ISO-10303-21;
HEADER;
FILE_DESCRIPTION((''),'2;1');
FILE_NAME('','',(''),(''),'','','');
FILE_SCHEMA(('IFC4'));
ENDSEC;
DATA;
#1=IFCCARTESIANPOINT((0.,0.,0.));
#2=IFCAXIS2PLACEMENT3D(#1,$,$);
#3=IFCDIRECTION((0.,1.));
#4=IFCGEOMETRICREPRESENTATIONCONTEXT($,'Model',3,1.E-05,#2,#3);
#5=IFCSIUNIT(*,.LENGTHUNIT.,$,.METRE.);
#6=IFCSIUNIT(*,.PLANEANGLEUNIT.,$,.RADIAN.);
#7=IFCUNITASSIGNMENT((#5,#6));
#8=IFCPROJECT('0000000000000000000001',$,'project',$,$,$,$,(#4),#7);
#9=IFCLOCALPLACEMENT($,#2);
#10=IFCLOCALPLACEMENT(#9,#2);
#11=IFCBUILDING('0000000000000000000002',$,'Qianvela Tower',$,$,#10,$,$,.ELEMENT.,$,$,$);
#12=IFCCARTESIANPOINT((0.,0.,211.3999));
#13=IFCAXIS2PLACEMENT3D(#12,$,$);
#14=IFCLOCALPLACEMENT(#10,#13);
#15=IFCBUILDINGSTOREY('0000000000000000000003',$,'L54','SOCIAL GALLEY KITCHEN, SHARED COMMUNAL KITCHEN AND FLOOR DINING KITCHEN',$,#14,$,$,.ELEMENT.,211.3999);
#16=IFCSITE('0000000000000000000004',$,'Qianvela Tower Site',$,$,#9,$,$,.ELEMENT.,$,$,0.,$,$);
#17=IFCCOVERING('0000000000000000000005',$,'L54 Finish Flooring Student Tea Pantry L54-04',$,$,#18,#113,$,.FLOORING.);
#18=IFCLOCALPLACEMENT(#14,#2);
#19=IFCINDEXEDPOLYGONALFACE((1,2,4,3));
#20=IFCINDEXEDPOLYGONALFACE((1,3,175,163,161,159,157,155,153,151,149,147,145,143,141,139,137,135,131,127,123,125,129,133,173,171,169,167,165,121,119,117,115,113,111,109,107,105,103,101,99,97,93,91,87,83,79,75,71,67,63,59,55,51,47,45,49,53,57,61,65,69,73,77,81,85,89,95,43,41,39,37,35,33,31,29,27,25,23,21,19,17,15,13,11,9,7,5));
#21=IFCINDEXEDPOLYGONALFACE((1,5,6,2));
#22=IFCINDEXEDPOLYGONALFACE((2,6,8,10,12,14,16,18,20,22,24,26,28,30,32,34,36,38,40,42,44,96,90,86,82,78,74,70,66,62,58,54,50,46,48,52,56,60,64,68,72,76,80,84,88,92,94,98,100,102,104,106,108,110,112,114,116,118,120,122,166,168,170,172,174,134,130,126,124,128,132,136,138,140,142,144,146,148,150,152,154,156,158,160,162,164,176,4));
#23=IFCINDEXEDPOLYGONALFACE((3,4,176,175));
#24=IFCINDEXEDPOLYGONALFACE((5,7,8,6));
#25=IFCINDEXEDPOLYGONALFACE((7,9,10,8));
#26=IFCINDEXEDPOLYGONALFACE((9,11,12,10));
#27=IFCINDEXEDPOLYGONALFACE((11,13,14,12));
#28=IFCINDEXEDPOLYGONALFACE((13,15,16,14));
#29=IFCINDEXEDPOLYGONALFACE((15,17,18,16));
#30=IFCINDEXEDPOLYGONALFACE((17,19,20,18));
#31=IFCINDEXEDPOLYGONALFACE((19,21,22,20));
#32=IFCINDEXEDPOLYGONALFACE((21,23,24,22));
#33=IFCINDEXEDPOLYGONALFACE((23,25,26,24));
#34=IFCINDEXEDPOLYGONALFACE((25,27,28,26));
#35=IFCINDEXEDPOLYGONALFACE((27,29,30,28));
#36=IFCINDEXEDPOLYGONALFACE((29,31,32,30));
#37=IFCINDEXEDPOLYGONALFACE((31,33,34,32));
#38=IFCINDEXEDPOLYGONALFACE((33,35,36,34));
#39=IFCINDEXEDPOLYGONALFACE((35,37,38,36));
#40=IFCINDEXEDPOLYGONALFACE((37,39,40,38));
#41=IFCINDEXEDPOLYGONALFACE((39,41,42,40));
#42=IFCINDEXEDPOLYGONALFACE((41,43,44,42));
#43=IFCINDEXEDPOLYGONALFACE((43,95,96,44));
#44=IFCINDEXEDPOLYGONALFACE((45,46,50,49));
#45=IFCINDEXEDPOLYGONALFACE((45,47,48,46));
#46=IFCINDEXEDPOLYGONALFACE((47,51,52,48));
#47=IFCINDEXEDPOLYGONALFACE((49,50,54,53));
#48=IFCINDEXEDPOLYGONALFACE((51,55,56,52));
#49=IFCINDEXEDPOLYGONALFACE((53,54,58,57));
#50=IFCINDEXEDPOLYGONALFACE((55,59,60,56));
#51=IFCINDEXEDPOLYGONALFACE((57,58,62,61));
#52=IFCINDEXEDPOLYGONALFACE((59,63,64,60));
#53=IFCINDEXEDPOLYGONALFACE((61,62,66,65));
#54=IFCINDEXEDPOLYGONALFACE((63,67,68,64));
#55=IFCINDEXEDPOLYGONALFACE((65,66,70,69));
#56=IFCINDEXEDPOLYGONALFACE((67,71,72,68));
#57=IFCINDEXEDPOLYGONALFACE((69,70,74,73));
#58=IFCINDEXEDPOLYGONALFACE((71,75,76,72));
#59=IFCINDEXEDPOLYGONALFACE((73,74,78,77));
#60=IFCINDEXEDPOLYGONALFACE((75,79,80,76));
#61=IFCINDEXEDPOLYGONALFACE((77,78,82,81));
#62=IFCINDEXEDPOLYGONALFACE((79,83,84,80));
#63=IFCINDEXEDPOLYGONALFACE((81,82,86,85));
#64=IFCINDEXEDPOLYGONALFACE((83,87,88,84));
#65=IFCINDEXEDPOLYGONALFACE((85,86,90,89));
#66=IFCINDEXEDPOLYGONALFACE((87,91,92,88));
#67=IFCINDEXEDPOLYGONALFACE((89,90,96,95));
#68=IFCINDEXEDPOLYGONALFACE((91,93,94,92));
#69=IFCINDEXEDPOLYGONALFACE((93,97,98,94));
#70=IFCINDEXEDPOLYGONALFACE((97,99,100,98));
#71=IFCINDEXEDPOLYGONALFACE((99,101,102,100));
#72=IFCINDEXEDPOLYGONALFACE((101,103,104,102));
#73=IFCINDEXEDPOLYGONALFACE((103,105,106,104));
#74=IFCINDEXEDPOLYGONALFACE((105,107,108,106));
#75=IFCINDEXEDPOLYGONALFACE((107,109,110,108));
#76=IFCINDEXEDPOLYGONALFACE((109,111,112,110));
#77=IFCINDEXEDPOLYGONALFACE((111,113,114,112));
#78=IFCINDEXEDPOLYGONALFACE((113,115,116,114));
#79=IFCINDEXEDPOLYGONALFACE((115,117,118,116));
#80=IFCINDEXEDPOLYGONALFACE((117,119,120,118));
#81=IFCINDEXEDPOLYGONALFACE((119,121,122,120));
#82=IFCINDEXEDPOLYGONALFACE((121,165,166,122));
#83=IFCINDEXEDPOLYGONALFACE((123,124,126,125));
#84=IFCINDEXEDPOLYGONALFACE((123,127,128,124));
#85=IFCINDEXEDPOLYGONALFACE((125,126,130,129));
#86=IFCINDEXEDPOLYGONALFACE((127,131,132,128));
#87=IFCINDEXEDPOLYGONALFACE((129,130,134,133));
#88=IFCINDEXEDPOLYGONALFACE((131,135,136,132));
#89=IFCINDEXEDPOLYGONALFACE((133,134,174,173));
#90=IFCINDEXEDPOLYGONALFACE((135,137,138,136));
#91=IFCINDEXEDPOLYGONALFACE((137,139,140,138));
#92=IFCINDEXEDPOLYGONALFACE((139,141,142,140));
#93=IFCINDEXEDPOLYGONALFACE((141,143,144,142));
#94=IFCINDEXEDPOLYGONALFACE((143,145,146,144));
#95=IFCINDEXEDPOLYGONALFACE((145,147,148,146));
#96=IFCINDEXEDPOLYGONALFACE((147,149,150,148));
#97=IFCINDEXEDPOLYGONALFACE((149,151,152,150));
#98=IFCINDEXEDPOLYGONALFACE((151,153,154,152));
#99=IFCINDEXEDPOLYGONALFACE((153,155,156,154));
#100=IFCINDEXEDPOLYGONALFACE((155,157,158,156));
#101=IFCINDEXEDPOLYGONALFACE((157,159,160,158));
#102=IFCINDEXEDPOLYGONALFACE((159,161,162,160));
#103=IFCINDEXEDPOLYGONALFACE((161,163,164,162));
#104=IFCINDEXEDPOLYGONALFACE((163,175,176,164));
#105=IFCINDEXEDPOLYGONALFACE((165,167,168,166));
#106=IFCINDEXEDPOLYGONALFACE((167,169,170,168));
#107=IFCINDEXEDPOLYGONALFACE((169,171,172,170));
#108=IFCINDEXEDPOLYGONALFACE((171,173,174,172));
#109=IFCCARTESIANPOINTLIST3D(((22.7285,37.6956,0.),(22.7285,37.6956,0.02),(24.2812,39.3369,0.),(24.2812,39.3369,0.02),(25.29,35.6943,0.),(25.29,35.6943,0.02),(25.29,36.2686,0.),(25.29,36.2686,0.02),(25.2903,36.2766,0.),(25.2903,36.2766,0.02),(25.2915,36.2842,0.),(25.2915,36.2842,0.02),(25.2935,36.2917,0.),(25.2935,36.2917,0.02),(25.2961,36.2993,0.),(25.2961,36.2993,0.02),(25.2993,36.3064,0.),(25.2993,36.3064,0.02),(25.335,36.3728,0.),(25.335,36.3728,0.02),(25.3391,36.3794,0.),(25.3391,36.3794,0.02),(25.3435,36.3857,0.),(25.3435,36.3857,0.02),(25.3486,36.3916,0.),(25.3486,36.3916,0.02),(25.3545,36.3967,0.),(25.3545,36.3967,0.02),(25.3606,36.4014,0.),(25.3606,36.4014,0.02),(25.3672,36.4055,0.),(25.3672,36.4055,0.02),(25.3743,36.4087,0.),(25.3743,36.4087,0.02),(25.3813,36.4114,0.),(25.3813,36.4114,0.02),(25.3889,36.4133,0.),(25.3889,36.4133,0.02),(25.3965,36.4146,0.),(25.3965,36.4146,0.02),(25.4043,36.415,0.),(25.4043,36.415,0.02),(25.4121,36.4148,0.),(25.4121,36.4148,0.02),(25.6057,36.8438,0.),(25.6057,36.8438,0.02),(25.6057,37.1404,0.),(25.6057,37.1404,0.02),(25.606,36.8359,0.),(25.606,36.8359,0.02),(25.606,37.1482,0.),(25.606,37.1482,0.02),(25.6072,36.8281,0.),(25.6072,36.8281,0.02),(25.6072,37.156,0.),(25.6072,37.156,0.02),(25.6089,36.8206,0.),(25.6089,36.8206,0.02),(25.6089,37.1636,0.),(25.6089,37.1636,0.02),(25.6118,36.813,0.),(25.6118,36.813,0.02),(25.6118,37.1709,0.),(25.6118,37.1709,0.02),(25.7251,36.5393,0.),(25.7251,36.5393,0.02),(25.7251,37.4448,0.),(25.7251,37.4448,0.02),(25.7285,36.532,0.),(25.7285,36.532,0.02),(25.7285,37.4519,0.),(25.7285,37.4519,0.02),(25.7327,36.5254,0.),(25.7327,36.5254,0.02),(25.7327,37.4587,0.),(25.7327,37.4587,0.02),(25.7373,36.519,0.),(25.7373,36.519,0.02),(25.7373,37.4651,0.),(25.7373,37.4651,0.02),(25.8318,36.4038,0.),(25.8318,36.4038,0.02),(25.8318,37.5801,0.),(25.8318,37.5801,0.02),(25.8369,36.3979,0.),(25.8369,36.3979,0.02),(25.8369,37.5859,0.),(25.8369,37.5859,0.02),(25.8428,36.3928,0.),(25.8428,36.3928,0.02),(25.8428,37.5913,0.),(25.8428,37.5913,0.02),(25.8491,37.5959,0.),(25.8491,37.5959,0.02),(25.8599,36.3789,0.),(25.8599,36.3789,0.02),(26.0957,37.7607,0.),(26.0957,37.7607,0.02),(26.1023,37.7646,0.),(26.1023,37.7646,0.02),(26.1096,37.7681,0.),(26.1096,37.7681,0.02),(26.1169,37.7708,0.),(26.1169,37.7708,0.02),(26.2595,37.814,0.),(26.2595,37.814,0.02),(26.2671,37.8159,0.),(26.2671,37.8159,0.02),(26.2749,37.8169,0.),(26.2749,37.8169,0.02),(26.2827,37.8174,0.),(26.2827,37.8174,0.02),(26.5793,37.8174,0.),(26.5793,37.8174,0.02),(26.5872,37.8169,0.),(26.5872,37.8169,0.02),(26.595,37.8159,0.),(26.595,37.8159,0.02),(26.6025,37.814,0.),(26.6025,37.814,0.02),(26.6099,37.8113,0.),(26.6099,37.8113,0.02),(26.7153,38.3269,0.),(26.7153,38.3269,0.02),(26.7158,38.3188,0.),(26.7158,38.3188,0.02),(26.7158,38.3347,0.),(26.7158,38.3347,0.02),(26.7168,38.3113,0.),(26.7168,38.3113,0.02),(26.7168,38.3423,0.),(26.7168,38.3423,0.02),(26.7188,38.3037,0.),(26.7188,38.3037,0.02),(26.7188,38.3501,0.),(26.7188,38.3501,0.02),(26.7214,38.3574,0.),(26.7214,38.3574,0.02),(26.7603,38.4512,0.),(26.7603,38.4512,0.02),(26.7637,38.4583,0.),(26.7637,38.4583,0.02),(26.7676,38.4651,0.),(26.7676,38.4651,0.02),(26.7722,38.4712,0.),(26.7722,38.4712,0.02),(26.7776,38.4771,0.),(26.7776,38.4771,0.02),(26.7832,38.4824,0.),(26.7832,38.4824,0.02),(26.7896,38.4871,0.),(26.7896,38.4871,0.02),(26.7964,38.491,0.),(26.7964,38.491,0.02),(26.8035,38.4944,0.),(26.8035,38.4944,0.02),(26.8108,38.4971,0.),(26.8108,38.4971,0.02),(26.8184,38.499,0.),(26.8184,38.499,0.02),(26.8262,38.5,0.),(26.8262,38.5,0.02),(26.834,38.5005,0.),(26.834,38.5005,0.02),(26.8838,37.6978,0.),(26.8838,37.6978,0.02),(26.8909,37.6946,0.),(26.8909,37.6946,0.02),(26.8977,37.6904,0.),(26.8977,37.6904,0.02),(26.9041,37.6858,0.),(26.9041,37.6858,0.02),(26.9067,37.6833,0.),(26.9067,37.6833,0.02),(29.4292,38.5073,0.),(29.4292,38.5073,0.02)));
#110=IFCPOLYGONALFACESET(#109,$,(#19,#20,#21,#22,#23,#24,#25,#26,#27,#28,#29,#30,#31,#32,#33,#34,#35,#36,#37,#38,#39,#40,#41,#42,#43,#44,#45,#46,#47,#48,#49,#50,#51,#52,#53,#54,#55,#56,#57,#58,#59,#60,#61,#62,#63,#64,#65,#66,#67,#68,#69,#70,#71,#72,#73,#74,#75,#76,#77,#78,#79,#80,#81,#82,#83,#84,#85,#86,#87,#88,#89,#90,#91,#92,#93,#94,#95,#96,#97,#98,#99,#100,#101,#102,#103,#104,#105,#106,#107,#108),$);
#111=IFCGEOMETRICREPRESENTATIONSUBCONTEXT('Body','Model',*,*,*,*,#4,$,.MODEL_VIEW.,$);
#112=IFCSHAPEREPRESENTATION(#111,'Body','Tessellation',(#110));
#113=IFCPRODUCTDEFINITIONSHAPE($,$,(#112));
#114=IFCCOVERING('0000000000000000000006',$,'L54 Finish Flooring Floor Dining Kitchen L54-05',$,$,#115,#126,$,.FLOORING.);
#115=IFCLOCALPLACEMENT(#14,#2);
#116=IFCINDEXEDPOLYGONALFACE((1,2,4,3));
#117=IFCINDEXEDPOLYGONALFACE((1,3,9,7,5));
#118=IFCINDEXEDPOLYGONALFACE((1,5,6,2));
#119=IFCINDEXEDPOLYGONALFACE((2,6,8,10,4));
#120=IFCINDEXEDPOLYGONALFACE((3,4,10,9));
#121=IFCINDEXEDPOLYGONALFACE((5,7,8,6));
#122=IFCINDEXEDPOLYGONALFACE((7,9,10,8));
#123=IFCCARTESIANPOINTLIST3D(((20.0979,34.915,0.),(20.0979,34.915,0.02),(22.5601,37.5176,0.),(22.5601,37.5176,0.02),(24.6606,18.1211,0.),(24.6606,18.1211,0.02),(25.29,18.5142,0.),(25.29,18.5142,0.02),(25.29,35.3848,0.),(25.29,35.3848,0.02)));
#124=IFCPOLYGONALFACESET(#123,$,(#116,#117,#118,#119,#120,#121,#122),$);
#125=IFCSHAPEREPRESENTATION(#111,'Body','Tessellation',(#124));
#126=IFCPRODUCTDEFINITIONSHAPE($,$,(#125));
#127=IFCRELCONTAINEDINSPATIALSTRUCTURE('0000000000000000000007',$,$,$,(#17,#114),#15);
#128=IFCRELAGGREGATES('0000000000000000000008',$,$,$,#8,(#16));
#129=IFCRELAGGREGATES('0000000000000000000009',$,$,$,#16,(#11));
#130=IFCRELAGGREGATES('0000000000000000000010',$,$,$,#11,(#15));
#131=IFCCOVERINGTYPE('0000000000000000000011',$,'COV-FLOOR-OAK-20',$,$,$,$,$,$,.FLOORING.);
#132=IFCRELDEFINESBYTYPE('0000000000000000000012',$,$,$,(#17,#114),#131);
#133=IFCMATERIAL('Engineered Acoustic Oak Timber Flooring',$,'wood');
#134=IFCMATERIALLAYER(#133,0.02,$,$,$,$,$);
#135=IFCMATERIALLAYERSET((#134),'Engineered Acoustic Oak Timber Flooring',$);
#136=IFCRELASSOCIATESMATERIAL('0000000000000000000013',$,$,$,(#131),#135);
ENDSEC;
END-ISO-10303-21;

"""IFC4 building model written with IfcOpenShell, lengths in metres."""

from ifc_helpers import new_model, si_unit, direction, frame, origin, place, context, subcontext, project, spatial, polyline, outline, extrude, material, layer, layer_set, type_object, element, save


model = new_model("IFC4")

# Units and contexts
model_context = context("Model", 3, precision=1e-05, world=origin(), true_north=direction((0.0, 1.0)))
body_context = subcontext(model_context, "Body", "Model", "MODEL_VIEW")
ifc_project = project(units=[si_unit("LENGTHUNIT", "METRE"), si_unit("PLANEANGLEUNIT", "RADIAN")], contexts=[model_context])

# Site, building, storey
site_placement = place(None, origin())
site = spatial("IfcSite", under=ifc_project, at=site_placement, Name="Qianvela Tower Site", CompositionType="ELEMENT", RefElevation=0.0)
building_placement = place(site_placement, origin())
building = spatial("IfcBuilding", under=site, at=building_placement, Name="Qianvela Tower", CompositionType="ELEMENT")
storey_placement = place(building_placement, frame((0.0, 0.0, 211.3999)))
storey = spatial("IfcBuildingStorey", under=building, at=storey_placement, Name="L54", Description="SOCIAL GALLEY KITCHEN, SHARED COMMUNAL KITCHEN AND FLOOR DINING KITCHEN", CompositionType="ELEMENT", Elevation=211.3999)

# Coverings
ifc_material_1 = material(Name="Engineered Acoustic Oak Timber Flooring", Category="wood")
ifc_layer_1 = layer(ifc_material_1, 0.02)
ifc_layer_set_1 = layer_set([ifc_layer_1], Name="Engineered Acoustic Oak Timber Flooring")
covering_type_1 = type_object("IfcCoveringType", Name="COV-FLOOR-OAK-20", PredefinedType="FLOORING", material=ifc_layer_set_1)
covering_1_placement = place(storey_placement, origin())
element("IfcCovering", 1, at=covering_1_placement, inside=storey, type_object=covering_type_1, Name="L54 Finish Flooring Student Tea Pantry L54-04", PredefinedType="FLOORING", context=body_context, shape_type="SweptSolid", body=[
    extrude(outline(polyline([(25.8599, 36.3789), (25.4121, 36.4148), (25.4043, 36.415), (25.3965, 36.4146), (25.3889, 36.4133), (25.3813, 36.4114), (25.3743, 36.4087), (25.3672, 36.4055), (25.3606, 36.4014), (25.3545, 36.3967), (25.3486, 36.3916), (25.3435, 36.3857), (25.3391, 36.3794), (25.335, 36.3728), (25.2993, 36.3064), (25.2961, 36.2993), (25.2935, 36.2917), (25.2915, 36.2842), (25.2903, 36.2766), (25.29, 36.2686), (25.29, 35.6943), (22.7285, 37.6956), (24.2812, 39.3369), (29.4292, 38.5073), (26.834, 38.5005), (26.8262, 38.5), (26.8184, 38.499), (26.8108, 38.4971), (26.8035, 38.4944), (26.7964, 38.491), (26.7896, 38.4871), (26.7832, 38.4824), (26.7776, 38.4771), (26.7722, 38.4712), (26.7676, 38.4651), (26.7637, 38.4583), (26.7603, 38.4512), (26.7214, 38.3574), (26.7188, 38.3501), (26.7168, 38.3423), (26.7158, 38.3347), (26.7153, 38.3269), (26.7158, 38.3188), (26.7168, 38.3113), (26.7188, 38.3037), (26.9067, 37.6833), (26.9041, 37.6858), (26.8977, 37.6904), (26.8909, 37.6946), (26.8838, 37.6978), (26.6099, 37.8113), (26.6025, 37.814), (26.595, 37.8159), (26.5872, 37.8169), (26.5793, 37.8174), (26.2827, 37.8174), (26.2749, 37.8169), (26.2671, 37.8159), (26.2595, 37.814), (26.1169, 37.7708), (26.1096, 37.7681), (26.1023, 37.7646), (26.0957, 37.7607), (25.8491, 37.5959), (25.8428, 37.5913), (25.8369, 37.5859), (25.8318, 37.5801), (25.7373, 37.4651), (25.7327, 37.4587), (25.7285, 37.4519), (25.7251, 37.4448), (25.6118, 37.1709), (25.6089, 37.1636), (25.6072, 37.156), (25.606, 37.1482), (25.6057, 37.1404), (25.6057, 36.8438), (25.606, 36.8359), (25.6072, 36.8281), (25.6089, 36.8206), (25.6118, 36.813), (25.7251, 36.5393), (25.7285, 36.532), (25.7327, 36.5254), (25.7373, 36.519), (25.8318, 36.4038), (25.8369, 36.3979), (25.8428, 36.3928), (25.8599, 36.3789)])), origin(), (0.0, 0.0, 1.0), 0.02),
])
covering_2_placement = place(storey_placement, origin())
element("IfcCovering", 2, at=covering_2_placement, inside=storey, type_object=covering_type_1, Name="L54 Finish Flooring Floor Dining Kitchen L54-05", PredefinedType="FLOORING", context=body_context, shape_type="SweptSolid", body=[
    extrude(outline(polyline([(22.5601, 37.5176), (25.29, 35.3848), (25.29, 18.5142), (24.6606, 18.1211), (20.0979, 34.915), (22.5601, 37.5176)])), origin(), (0.0, 0.0, 1.0), 0.02),
])

save(model, "model.ifc")
